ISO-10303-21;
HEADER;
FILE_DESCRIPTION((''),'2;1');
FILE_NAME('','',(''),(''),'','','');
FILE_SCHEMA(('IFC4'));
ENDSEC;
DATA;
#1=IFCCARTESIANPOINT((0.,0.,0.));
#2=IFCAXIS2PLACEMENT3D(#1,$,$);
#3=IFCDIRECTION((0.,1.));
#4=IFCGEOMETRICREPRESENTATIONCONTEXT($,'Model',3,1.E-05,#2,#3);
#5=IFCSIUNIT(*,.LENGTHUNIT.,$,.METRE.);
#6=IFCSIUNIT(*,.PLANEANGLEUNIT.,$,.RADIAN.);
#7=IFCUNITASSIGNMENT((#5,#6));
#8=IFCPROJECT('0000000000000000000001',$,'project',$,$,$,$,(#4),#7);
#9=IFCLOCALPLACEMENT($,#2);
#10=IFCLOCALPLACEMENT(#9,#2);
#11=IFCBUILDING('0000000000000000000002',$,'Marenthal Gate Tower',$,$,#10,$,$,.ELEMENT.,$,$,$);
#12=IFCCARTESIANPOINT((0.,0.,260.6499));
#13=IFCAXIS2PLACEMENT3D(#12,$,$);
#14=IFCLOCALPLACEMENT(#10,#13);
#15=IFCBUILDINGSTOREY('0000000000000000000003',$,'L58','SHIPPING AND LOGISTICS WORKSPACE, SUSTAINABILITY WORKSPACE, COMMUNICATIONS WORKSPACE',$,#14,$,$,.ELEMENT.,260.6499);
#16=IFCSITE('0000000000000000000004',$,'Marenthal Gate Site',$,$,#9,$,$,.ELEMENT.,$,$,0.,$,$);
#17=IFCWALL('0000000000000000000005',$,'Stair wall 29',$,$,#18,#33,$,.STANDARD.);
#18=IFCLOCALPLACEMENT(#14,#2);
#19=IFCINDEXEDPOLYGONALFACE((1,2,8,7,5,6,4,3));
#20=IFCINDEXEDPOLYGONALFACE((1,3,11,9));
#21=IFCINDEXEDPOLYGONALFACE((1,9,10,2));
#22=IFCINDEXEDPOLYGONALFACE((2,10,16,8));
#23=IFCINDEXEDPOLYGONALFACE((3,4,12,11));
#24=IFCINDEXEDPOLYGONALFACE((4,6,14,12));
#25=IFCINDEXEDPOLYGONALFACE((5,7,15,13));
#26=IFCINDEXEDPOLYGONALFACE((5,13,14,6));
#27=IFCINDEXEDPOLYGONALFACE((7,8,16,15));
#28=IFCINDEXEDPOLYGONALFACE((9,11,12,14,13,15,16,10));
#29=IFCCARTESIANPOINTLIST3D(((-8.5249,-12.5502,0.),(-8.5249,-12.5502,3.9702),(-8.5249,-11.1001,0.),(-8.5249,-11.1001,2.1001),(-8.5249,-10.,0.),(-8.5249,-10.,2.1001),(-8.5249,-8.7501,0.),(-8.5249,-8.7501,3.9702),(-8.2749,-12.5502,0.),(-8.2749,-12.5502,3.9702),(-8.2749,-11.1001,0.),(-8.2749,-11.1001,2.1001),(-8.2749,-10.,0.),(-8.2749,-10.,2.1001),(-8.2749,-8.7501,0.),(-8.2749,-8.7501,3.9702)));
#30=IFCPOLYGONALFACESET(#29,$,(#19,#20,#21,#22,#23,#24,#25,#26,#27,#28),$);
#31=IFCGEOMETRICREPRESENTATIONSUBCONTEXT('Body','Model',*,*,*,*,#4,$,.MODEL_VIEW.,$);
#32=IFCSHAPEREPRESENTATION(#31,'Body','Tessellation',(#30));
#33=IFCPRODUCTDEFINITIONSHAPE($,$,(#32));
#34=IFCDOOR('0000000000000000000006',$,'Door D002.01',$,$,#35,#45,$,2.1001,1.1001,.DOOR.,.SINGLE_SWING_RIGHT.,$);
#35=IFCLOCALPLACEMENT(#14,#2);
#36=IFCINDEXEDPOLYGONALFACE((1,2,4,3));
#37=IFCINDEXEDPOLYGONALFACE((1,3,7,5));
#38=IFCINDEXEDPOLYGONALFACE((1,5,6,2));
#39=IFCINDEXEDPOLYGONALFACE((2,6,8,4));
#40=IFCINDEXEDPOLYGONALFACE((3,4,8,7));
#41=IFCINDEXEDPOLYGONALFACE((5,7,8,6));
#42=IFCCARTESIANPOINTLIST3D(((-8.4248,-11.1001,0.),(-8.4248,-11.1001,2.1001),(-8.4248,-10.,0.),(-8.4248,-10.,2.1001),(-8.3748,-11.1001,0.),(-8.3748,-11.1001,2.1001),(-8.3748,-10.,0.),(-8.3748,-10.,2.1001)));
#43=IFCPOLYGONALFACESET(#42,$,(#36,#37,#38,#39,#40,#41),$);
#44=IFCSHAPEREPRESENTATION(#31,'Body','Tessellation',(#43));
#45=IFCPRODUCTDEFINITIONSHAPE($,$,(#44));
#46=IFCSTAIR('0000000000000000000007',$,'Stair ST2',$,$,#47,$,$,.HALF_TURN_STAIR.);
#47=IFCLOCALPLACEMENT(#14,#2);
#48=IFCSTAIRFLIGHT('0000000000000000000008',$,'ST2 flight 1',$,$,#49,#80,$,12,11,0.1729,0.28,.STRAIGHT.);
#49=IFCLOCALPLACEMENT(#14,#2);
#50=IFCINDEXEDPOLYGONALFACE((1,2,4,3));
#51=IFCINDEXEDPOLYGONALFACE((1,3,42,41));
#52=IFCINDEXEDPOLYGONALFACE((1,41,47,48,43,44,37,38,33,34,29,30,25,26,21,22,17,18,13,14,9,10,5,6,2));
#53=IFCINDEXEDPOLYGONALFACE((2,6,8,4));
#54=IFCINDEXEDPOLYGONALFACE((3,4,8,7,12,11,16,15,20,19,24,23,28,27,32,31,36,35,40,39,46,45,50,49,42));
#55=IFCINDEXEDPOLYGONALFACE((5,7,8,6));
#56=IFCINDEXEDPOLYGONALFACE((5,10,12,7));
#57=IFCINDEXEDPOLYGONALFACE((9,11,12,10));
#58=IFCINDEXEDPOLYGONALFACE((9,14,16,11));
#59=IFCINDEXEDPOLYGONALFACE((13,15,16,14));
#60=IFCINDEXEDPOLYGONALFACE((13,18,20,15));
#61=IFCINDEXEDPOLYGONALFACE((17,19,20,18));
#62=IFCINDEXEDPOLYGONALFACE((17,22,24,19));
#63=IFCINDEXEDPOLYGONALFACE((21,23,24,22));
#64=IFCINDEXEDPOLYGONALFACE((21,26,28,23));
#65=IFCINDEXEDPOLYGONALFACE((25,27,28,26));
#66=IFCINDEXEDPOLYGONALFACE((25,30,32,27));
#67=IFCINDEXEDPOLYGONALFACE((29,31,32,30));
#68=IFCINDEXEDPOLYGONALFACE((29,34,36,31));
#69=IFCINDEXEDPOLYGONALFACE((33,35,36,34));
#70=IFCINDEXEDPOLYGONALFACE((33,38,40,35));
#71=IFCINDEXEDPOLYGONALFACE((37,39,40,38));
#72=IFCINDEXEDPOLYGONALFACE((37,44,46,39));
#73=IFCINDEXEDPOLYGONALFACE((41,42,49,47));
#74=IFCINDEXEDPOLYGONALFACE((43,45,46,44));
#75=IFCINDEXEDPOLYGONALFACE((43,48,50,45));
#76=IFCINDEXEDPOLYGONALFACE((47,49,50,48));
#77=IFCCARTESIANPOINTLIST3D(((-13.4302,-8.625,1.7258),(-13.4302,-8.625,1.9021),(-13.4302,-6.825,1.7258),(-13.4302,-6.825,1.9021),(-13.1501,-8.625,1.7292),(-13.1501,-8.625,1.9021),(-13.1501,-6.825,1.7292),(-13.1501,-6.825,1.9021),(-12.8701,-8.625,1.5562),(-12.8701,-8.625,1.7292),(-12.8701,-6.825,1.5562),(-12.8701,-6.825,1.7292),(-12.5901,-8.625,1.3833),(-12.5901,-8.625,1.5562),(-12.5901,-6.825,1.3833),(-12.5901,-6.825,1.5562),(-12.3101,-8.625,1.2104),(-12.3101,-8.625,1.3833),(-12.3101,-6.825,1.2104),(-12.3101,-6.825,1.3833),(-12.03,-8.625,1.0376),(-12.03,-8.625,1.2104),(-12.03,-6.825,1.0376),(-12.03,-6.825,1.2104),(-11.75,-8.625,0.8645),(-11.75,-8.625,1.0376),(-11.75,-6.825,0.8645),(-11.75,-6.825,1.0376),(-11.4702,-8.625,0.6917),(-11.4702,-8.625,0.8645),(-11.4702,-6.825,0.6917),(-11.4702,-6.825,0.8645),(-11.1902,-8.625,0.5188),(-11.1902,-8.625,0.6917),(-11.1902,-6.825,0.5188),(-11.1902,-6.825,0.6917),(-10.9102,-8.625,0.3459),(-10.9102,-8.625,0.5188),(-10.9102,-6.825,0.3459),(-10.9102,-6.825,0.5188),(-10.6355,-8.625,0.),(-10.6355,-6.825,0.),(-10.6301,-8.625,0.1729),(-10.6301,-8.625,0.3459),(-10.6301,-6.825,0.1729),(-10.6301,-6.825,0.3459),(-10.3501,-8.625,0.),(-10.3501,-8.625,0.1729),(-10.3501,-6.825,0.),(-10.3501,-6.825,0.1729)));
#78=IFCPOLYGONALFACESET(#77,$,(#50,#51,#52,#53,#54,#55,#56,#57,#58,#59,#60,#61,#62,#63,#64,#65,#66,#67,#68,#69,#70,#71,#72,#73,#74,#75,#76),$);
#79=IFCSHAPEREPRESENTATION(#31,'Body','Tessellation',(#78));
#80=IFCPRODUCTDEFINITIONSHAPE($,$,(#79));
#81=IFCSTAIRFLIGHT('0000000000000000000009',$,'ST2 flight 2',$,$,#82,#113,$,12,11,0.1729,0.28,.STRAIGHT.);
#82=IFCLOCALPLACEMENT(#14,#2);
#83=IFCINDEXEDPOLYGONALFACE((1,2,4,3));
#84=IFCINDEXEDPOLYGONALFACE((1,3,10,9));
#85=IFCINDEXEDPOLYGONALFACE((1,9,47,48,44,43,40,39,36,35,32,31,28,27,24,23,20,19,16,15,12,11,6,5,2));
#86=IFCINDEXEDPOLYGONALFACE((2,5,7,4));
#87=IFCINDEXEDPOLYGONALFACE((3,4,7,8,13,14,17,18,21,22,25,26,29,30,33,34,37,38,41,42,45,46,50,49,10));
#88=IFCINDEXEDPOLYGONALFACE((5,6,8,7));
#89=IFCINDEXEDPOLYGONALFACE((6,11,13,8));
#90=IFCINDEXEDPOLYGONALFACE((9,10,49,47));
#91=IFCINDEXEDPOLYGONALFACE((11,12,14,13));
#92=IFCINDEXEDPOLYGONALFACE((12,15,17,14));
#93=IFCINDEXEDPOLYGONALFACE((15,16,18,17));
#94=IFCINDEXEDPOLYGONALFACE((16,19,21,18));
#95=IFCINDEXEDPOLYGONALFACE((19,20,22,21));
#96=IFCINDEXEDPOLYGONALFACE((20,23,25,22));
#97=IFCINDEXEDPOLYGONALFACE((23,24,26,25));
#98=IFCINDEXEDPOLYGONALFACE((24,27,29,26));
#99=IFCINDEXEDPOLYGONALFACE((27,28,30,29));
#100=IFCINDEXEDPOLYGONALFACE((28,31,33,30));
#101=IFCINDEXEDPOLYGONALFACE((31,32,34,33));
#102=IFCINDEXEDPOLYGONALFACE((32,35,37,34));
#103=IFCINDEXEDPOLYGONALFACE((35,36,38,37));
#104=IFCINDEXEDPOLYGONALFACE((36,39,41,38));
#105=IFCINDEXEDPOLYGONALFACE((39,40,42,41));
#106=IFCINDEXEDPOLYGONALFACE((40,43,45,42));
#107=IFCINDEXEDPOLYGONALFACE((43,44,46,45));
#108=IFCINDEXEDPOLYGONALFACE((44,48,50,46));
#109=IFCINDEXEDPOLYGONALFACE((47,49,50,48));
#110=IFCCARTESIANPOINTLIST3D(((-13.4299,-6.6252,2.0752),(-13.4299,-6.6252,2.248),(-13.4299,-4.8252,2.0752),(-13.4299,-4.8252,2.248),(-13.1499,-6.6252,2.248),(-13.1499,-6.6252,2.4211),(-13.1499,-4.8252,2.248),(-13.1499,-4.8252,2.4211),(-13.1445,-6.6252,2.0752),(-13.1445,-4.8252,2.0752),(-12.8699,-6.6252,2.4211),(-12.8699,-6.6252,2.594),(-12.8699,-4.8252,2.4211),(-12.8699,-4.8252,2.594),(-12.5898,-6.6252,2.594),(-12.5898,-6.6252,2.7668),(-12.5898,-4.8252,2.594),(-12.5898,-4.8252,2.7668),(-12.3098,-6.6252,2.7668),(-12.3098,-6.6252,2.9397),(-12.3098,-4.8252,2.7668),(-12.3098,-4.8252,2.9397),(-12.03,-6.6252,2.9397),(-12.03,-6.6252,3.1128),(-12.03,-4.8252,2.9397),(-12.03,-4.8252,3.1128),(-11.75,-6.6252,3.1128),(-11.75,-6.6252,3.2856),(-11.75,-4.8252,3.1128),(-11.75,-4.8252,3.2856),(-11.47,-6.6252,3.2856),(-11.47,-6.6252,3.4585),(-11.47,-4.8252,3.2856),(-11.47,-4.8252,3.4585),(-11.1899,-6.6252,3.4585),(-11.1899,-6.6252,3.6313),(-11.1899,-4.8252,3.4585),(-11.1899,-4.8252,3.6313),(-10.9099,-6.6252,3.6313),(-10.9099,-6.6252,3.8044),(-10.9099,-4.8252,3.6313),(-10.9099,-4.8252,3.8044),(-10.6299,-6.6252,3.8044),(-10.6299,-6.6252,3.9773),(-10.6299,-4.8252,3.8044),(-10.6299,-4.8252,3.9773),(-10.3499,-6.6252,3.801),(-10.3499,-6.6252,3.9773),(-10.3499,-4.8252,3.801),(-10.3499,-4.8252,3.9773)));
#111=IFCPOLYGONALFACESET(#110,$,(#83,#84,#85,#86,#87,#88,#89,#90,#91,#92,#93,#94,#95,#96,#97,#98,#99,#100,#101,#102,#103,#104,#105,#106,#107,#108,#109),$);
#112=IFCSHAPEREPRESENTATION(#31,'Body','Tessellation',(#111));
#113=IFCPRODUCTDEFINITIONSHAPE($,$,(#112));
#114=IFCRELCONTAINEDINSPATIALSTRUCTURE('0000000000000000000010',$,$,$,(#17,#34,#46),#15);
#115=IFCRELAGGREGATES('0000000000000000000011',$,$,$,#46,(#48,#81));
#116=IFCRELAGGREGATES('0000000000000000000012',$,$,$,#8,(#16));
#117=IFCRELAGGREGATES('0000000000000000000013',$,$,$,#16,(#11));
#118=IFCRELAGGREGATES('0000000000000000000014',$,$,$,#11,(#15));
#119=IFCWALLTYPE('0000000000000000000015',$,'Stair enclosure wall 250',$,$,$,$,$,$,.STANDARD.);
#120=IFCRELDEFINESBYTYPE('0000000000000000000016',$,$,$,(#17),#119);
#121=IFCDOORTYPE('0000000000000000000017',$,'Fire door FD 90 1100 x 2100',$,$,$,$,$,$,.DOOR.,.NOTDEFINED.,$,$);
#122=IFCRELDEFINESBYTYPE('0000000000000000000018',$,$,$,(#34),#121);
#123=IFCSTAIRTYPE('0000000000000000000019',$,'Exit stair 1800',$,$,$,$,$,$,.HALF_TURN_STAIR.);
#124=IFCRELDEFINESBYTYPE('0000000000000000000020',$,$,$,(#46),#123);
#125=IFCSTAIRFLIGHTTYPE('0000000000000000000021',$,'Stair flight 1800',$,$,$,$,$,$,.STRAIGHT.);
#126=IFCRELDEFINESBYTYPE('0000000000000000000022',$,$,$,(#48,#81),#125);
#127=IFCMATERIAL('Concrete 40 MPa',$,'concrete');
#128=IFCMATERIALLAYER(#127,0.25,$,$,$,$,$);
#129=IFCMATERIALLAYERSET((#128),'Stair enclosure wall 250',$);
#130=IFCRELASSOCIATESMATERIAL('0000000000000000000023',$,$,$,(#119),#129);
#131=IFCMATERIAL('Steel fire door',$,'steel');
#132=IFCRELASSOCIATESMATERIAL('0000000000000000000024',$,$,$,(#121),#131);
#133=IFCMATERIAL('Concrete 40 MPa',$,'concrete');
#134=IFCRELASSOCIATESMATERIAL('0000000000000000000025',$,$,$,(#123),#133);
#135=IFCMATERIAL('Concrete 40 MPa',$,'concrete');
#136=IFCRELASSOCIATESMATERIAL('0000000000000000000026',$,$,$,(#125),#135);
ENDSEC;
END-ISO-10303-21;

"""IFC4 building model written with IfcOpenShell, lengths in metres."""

from ifc_helpers import new_model, si_unit, direction, frame, frame_2d, origin, place, context, subcontext, project, spatial, polyline, rectangle, outline, extrude, material, layer, layer_set, type_object, element, fill, aggregate, save


model = new_model("IFC4")

# Units and contexts
model_context = context("Model", 3, precision=1e-05, world=origin(), true_north=direction((0.0, 1.0)))
body_context = subcontext(model_context, "Body", "Model", "MODEL_VIEW")
ifc_project = project(units=[si_unit("LENGTHUNIT", "METRE"), si_unit("PLANEANGLEUNIT", "RADIAN")], contexts=[model_context])

# Site, building, storey
site_placement = place(None, origin())
site = spatial("IfcSite", under=ifc_project, at=site_placement, Name="Marenthal Gate Site", CompositionType="ELEMENT", RefElevation=0.0)
building_placement = place(site_placement, origin())
building = spatial("IfcBuilding", under=site, at=building_placement, Name="Marenthal Gate Tower", CompositionType="ELEMENT")
storey_placement = place(building_placement, frame((0.0, 0.0, 260.6499)))
storey = spatial("IfcBuildingStorey", under=building, at=storey_placement, Name="L58", Description="SHIPPING AND LOGISTICS WORKSPACE, SUSTAINABILITY WORKSPACE, COMMUNICATIONS WORKSPACE", CompositionType="ELEMENT", Elevation=260.6499)

# Shared definitions
ifc_material_1 = material(Name="Concrete 40 MPa", Category="concrete")
ifc_layer_1 = layer(ifc_material_1, 0.25)
ifc_layer_set_1 = layer_set([ifc_layer_1], Name="Stair enclosure wall 250")
wall_type_1 = type_object("IfcWallType", Name="Stair enclosure wall 250", PredefinedType="STANDARD", material=ifc_layer_set_1)

# Wall, opening, door
wall_1_placement = place(storey_placement, frame((-8.3999, -12.55, 0.0), z_axis=(0.0, 0.0, 1.0), x_axis=(0.0, 1.0, 0.0)))
wall_1 = element("IfcWall", 1, at=wall_1_placement, inside=storey, type_object=wall_type_1, Name="Stair wall 29", PredefinedType="STANDARD", context=body_context, shape_type="SweptSolid", body=[
    extrude(rectangle(XDim=3.8, YDim=0.25, at=frame_2d((1.8999, 0.0))), origin(), (0.0, 0.0, 1.0), 3.9702),
])
opening_1_placement = place(wall_1_placement, frame((1.45, 0.0, 0.0)))
opening_1 = element("IfcOpeningElement", 2, at=opening_1_placement, cuts=wall_1, PredefinedType="OPENING", context=body_context, shape_type="SweptSolid", body=[
    extrude(rectangle(XDim=1.1001, YDim=2.1001, at=frame_2d((0.55, 1.05))), frame((0.0, 0.135, 0.0), z_axis=(0.0, -1.0, 0.0), x_axis=(1.0, 0.0, 0.0)), (0.0, 0.0, 1.0), 0.27),
])
ifc_material_2 = material(Name="Steel fire door", Category="steel")
door_type_1 = type_object("IfcDoorType", Name="Fire door FD 90 1100 x 2100", OperationType="NOTDEFINED", PredefinedType="DOOR", material=ifc_material_2)
door_1_placement = place(opening_1_placement, origin())
door_1 = element("IfcDoor", 3, at=door_1_placement, inside=storey, type_object=door_type_1, Name="Door D002.01", OperationType="SINGLE_SWING_RIGHT", OverallHeight=2.1001, OverallWidth=1.1001, PredefinedType="DOOR", context=body_context, shape_type="SweptSolid", body=[
    extrude(rectangle(XDim=1.1001, YDim=2.1001, at=frame_2d((0.55, 1.05))), frame((0.0, 0.0249, 0.0), z_axis=(0.0, -1.0, 0.0), x_axis=(1.0, 0.0, 0.0)), (0.0, 0.0, 1.0), 0.05),
])
fill(opening_1, door_1)

# Stair, stair flights
ifc_material_3 = material(Name="Concrete 40 MPa", Category="concrete")
stair_type = type_object("IfcStairType", Name="Exit stair 1800", PredefinedType="HALF_TURN_STAIR", material=ifc_material_3)
stair_placement = place(storey_placement, origin())
stair = element("IfcStair", 4, at=stair_placement, inside=storey, type_object=stair_type, Name="Stair ST2", PredefinedType="HALF_TURN_STAIR")
ifc_material_4 = material(Name="Concrete 40 MPa", Category="concrete")
stair_flight_type = type_object("IfcStairFlightType", Name="Stair flight 1800", PredefinedType="STRAIGHT", material=ifc_material_4)
stair_flight_1_placement = place(storey_placement, frame((-10.3501, -7.7251, 0.0), z_axis=(0.0, 0.0, 1.0), x_axis=(-1.0, 0.0, 0.0)))
stair_flight_1 = element("IfcStairFlight", 5, at=stair_flight_1_placement, type_object=stair_flight_type, Name="ST2 flight 1", NumberOfRisers=12, NumberOfTreads=11, PredefinedType="STRAIGHT", RiserHeight=0.1729, TreadLength=0.28, context=body_context, shape_type="SweptSolid", body=[
    extrude(outline(polyline([(0.0, 0.0), (0.0, 0.1729), (0.28, 0.1729), (0.28, 0.3459), (0.5601, 0.3459), (0.5601, 0.5188), (0.8401, 0.5188), (0.8401, 0.6917), (1.1201, 0.6917), (1.1201, 0.8645), (1.3999, 0.8645), (1.3999, 1.0376), (1.6799, 1.0376), (1.6799, 1.2104), (1.96, 1.2104), (1.96, 1.3833), (2.24, 1.3833), (2.24, 1.5562), (2.52, 1.5562), (2.52, 1.7292), (2.8, 1.7292), (2.8, 1.9021), (3.0801, 1.9021), (3.0801, 2.075), (3.0801, 1.7258), (0.2854, 0.0), (0.0, 0.0)])), frame((0.0, 0.8999, 0.0), z_axis=(0.0, -1.0, 0.0), x_axis=(1.0, 0.0, 0.0)), (0.0, 0.0, 1.0), 1.8),
])
stair_flight_2_placement = place(storey_placement, frame((-13.4299, -5.7251, 2.0752), z_axis=(0.0, 0.0, 1.0), x_axis=(1.0, 0.0, 0.0)))
stair_flight_2 = element("IfcStairFlight", 6, at=stair_flight_2_placement, type_object=stair_flight_type, Name="ST2 flight 2", NumberOfRisers=12, NumberOfTreads=11, PredefinedType="STRAIGHT", RiserHeight=0.1729, TreadLength=0.28, context=body_context, shape_type="SweptSolid", body=[
    extrude(outline(polyline([(0.0, 0.0), (0.0, 0.1729), (0.28, 0.1729), (0.28, 0.3459), (0.5601, 0.3459), (0.5601, 0.5188), (0.8401, 0.5188), (0.8401, 0.6917), (1.1201, 0.6917), (1.1201, 0.8645), (1.3999, 0.8645), (1.3999, 1.0376), (1.6799, 1.0376), (1.6799, 1.2104), (1.96, 1.2104), (1.96, 1.3833), (2.24, 1.3833), (2.24, 1.5562), (2.52, 1.5562), (2.52, 1.7292), (2.8, 1.7292), (2.8, 1.9021), (3.0801, 1.9021), (3.0801, 2.075), (3.0801, 1.7258), (0.2854, 0.0), (0.0, 0.0)])), frame((0.0, 0.8999, 0.0), z_axis=(0.0, -1.0, 0.0), x_axis=(1.0, 0.0, 0.0)), (0.0, 0.0, 1.0), 1.8),
])
aggregate(stair, [stair_flight_1, stair_flight_2])

save(model, "model.ifc")
